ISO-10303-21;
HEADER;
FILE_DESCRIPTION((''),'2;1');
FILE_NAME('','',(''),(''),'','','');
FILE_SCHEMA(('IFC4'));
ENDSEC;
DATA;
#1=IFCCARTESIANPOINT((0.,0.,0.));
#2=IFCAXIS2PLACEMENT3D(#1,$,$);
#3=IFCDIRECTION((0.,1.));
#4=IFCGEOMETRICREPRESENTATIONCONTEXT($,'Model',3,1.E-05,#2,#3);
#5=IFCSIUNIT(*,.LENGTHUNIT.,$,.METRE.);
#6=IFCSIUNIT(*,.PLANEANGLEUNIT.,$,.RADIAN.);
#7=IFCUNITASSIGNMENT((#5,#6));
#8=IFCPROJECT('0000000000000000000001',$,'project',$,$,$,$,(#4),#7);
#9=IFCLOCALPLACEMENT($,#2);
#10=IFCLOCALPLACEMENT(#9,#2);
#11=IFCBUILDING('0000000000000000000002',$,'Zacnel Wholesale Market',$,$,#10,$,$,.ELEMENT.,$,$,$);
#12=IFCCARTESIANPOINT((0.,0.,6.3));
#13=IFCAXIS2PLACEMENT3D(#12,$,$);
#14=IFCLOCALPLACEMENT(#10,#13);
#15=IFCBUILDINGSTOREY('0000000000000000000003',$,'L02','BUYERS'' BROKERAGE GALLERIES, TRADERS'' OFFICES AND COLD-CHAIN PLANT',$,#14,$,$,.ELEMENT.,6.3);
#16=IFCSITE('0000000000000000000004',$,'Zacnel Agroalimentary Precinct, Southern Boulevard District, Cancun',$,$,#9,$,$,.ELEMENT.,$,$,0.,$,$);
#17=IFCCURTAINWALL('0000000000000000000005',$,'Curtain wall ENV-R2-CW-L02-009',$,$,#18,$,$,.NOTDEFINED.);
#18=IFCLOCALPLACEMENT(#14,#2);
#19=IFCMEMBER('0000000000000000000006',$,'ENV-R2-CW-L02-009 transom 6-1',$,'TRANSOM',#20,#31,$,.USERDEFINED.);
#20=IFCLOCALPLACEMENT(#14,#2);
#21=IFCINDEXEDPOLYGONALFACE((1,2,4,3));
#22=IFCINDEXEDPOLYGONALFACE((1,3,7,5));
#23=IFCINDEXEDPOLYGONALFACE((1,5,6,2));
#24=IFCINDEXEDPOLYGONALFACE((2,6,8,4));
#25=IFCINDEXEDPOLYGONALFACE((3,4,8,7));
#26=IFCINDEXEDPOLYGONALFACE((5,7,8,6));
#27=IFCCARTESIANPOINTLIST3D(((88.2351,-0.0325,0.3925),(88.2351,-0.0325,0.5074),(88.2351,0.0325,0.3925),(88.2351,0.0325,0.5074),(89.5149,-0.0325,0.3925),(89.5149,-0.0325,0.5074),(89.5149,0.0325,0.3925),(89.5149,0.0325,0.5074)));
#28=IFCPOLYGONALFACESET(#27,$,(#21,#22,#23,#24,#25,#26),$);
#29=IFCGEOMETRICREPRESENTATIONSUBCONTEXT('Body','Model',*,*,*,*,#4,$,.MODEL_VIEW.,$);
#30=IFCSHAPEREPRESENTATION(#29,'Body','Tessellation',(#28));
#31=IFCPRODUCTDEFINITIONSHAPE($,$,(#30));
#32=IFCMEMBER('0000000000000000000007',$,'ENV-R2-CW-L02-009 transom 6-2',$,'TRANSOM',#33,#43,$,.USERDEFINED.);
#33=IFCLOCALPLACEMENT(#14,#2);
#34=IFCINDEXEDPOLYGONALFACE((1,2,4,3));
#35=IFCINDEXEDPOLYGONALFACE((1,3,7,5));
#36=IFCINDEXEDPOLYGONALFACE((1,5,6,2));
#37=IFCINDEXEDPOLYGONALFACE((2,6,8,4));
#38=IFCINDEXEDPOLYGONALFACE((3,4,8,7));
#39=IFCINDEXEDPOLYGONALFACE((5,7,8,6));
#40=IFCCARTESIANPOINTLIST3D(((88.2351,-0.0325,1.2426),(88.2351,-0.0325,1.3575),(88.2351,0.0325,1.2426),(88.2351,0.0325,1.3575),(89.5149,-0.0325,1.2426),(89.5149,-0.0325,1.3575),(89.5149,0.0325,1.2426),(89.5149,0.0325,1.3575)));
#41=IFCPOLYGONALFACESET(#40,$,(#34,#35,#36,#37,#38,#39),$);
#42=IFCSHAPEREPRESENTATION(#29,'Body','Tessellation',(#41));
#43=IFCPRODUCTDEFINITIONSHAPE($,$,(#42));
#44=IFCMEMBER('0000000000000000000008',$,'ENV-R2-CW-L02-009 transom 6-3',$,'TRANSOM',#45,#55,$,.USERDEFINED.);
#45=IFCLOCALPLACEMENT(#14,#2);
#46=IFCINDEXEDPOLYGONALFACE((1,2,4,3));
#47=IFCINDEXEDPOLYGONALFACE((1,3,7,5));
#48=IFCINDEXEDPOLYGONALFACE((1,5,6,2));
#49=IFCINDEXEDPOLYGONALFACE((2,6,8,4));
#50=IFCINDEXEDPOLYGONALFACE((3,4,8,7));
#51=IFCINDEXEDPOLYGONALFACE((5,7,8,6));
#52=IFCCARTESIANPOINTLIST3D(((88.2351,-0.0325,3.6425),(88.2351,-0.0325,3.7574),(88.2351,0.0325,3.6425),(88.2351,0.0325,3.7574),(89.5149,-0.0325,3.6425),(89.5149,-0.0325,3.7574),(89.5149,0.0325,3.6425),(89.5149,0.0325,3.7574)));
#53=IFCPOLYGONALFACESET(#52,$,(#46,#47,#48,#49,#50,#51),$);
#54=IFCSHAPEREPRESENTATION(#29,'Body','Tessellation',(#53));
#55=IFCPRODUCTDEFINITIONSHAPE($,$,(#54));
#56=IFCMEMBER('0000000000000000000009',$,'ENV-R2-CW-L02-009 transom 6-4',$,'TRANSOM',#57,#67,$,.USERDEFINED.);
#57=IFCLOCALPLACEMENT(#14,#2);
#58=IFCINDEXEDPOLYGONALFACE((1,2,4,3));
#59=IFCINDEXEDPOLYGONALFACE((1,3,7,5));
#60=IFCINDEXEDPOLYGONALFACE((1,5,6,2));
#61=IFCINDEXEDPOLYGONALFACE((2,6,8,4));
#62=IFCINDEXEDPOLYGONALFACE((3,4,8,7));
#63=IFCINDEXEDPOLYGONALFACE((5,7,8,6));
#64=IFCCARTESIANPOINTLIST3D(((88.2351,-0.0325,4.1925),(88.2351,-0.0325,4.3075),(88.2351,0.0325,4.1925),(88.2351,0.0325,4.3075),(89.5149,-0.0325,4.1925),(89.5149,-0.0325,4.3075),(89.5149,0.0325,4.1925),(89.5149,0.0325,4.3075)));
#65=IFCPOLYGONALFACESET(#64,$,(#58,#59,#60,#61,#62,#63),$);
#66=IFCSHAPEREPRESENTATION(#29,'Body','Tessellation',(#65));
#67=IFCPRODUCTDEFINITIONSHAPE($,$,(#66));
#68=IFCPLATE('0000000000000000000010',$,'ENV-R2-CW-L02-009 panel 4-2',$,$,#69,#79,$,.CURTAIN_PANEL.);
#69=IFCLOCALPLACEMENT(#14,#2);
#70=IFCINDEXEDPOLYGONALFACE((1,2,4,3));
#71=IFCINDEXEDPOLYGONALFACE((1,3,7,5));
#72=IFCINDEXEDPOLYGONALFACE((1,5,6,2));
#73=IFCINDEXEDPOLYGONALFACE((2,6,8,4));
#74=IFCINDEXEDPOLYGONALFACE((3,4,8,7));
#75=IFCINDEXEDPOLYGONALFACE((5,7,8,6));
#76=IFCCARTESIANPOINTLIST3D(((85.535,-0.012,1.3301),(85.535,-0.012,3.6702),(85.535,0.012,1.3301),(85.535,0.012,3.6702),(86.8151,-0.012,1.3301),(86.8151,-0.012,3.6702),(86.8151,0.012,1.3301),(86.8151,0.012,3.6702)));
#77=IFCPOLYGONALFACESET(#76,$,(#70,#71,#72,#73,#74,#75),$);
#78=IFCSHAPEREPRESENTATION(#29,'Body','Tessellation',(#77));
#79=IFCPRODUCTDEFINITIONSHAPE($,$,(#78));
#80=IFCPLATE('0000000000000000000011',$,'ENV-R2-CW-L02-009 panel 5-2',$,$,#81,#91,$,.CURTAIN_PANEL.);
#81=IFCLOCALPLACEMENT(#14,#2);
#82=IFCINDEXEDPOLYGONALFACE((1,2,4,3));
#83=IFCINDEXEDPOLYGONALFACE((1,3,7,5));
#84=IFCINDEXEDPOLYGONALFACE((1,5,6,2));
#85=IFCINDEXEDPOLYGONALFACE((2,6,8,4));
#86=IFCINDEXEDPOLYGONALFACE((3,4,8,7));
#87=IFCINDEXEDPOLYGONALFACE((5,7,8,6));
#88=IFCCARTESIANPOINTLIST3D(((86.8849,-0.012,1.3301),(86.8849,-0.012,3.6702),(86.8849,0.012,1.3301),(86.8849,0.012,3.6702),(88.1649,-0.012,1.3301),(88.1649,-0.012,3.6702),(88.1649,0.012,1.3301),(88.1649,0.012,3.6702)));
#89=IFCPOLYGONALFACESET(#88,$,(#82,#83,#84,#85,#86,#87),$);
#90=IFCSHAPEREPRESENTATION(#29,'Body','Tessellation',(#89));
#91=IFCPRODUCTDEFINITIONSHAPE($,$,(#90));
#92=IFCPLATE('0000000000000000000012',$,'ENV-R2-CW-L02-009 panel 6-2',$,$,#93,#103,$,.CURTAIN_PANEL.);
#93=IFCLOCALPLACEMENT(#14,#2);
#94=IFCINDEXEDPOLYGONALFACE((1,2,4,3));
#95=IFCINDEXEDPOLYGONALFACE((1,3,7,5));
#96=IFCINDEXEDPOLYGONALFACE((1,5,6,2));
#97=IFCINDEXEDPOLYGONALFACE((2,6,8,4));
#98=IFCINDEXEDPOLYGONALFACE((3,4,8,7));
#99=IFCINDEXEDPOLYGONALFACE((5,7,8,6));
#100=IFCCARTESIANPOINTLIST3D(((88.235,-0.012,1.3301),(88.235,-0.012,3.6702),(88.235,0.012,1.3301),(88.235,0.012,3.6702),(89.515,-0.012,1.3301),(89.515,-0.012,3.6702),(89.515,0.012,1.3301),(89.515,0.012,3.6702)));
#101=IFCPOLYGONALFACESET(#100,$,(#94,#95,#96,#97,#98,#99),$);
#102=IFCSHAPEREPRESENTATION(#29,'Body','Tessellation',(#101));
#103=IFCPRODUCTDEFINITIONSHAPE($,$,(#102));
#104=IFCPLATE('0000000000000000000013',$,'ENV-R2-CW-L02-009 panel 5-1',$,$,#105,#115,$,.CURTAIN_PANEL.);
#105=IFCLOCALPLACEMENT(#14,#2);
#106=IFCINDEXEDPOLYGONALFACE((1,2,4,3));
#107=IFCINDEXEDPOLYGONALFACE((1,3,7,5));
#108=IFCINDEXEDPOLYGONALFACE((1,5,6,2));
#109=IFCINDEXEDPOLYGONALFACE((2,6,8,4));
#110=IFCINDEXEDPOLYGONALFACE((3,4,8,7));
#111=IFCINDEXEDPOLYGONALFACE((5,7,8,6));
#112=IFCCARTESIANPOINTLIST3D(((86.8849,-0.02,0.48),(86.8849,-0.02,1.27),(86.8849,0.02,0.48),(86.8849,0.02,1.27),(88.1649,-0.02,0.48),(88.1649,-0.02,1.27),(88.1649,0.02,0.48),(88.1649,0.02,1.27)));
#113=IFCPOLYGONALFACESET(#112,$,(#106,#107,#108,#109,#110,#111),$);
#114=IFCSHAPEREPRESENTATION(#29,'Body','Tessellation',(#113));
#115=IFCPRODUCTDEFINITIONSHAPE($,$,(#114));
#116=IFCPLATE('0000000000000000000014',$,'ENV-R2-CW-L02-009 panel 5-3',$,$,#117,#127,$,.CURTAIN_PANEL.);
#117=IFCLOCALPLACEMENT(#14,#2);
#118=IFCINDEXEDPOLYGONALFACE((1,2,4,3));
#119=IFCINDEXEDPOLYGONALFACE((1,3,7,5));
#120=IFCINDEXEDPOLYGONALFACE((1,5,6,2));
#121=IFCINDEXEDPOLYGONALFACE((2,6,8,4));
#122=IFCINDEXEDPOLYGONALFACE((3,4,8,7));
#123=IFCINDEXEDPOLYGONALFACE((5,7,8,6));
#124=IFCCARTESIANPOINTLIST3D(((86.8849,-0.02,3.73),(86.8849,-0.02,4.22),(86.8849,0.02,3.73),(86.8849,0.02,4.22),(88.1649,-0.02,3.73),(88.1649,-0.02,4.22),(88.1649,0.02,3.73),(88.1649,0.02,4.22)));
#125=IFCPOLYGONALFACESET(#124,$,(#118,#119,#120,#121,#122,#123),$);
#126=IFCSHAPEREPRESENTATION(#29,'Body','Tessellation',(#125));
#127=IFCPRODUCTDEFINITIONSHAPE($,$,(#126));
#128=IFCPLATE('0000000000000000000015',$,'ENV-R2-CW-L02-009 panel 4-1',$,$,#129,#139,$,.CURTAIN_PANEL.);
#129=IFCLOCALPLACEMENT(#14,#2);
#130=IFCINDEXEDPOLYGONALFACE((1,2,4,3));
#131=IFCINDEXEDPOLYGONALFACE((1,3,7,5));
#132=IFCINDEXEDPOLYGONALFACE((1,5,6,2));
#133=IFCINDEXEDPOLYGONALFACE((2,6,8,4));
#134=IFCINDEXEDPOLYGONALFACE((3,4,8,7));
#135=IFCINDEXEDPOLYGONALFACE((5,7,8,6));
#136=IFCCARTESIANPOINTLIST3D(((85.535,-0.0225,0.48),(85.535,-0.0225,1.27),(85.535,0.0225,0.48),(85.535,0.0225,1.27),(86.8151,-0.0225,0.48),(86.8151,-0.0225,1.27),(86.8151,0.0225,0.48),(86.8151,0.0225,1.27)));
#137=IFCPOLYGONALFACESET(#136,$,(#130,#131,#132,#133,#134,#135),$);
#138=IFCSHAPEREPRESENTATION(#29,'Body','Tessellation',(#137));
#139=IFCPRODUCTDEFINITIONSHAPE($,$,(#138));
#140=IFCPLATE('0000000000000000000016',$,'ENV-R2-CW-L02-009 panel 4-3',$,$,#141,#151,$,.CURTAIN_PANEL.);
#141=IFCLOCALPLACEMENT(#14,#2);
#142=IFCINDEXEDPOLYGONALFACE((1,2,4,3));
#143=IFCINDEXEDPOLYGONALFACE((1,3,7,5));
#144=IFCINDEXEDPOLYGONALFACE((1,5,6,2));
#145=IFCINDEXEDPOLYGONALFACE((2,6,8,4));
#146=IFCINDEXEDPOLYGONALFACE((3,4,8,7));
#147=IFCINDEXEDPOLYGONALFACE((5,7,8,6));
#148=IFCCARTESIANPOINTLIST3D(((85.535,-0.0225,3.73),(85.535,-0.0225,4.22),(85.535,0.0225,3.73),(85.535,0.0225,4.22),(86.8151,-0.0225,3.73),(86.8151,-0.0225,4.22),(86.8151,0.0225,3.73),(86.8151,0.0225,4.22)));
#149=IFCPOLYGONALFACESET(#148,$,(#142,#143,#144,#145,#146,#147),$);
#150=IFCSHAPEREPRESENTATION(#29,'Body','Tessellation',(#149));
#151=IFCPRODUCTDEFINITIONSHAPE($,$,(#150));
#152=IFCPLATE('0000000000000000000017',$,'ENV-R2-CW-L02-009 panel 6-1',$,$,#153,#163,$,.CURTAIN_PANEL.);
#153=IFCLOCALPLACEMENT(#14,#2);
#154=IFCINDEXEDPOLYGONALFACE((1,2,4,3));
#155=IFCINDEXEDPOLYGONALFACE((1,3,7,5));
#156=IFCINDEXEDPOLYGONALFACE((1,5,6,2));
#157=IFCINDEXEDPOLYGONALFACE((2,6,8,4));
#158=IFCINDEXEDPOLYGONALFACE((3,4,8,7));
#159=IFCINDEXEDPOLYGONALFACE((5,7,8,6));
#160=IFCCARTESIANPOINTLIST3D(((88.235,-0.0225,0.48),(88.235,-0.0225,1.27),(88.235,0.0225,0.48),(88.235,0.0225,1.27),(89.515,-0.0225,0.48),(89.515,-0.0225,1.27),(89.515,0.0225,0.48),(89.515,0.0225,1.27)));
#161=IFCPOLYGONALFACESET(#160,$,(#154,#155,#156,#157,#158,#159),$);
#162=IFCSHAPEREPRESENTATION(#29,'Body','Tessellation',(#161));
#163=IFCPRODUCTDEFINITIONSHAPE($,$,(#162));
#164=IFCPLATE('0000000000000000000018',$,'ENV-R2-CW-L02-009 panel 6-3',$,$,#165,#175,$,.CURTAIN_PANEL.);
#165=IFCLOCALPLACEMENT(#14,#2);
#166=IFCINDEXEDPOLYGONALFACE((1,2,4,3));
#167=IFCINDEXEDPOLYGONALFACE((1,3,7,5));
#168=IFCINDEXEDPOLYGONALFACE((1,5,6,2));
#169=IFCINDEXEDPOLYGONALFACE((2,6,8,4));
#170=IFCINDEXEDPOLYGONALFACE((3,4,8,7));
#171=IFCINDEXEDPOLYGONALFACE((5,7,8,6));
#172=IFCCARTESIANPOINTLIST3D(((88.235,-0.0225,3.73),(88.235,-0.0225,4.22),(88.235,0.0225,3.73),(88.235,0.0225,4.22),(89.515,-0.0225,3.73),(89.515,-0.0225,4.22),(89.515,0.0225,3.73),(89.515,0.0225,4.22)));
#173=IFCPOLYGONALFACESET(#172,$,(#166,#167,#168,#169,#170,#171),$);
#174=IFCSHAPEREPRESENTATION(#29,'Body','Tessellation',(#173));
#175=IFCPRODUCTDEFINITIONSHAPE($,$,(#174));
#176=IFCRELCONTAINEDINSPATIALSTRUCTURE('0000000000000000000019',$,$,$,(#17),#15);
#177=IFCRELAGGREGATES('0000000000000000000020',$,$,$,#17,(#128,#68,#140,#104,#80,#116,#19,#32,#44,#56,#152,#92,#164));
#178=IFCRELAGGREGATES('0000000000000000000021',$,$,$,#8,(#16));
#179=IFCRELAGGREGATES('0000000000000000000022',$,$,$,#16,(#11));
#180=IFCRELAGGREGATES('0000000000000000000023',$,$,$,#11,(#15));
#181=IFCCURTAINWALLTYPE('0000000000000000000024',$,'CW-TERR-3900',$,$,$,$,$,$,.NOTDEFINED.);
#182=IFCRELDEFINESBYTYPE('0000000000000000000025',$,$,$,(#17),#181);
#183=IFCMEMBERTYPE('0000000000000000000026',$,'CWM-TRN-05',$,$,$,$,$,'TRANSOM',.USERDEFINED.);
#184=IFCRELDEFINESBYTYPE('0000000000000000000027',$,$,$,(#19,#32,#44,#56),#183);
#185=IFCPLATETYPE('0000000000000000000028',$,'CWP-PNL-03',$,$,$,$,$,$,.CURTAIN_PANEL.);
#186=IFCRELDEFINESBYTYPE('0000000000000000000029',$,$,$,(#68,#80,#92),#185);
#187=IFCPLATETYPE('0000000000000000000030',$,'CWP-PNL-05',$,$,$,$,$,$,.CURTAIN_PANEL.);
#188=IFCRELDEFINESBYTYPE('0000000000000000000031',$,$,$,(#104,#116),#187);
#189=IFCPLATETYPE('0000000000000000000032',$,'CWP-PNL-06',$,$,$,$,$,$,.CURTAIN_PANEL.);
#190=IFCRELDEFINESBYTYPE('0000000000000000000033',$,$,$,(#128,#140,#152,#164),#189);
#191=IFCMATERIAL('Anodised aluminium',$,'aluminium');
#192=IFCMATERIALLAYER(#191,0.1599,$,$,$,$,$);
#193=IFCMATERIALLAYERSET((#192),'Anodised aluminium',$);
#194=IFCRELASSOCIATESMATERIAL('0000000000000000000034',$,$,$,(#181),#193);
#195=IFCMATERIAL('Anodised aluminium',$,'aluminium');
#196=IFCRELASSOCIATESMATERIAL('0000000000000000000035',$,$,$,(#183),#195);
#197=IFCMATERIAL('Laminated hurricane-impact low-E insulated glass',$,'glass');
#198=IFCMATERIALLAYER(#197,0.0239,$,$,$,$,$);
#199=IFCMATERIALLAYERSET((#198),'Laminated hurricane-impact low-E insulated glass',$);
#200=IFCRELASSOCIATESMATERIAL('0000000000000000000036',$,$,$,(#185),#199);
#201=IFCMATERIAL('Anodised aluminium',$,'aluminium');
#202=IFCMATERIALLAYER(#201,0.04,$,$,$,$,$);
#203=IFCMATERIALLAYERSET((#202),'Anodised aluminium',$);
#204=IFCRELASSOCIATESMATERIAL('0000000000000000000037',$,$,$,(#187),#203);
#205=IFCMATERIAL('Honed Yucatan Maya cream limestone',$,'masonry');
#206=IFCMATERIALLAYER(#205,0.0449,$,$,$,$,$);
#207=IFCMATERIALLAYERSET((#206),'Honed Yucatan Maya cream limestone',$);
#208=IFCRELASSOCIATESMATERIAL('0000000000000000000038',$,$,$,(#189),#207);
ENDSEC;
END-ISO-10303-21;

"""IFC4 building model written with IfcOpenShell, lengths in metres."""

from ifc_helpers import new_model, si_unit, direction, frame, origin, origin_2d, place, context, subcontext, project, spatial, rectangle, extrude, material, layer, layer_set, material_profile, profile_set, type_object, element, aggregate, save


model = new_model("IFC4")

# Units and contexts
model_context = context("Model", 3, precision=1e-05, world=origin(), true_north=direction((0.0, 1.0)))
body_context = subcontext(model_context, "Body", "Model", "MODEL_VIEW")
ifc_project = project(units=[si_unit("LENGTHUNIT", "METRE"), si_unit("PLANEANGLEUNIT", "RADIAN")], contexts=[model_context])

# Site, building, storey
site_placement = place(None, origin())
site = spatial("IfcSite", under=ifc_project, at=site_placement, Name="Zacnel Agroalimentary Precinct, Southern Boulevard District, Cancun", CompositionType="ELEMENT", RefElevation=0.0)
building_placement = place(site_placement, origin())
building = spatial("IfcBuilding", under=site, at=building_placement, Name="Zacnel Wholesale Market", CompositionType="ELEMENT")
storey_placement = place(building_placement, frame((0.0, 0.0, 6.3)))
storey = spatial("IfcBuildingStorey", under=building, at=storey_placement, Name="L02", Description="BUYERS' BROKERAGE GALLERIES, TRADERS' OFFICES AND COLD-CHAIN PLANT", CompositionType="ELEMENT", Elevation=6.3)

# Curtain wall, members, plates
ifc_material_1 = material(Name="Anodised aluminium", Category="aluminium")
ifc_layer_1 = layer(ifc_material_1, 0.1599)
ifc_layer_set_1 = layer_set([ifc_layer_1], Name="Anodised aluminium")
curtain_wall_type = type_object("IfcCurtainWallType", Name="CW-TERR-3900", PredefinedType="NOTDEFINED", material=ifc_layer_set_1)
curtain_wall_placement = place(storey_placement, origin())
curtain_wall = element("IfcCurtainWall", 1, at=curtain_wall_placement, inside=storey, type_object=curtain_wall_type, Name="Curtain wall ENV-R2-CW-L02-009", PredefinedType="NOTDEFINED")
ifc_material_2 = material(Name="Anodised aluminium", Category="aluminium")
ifc_material_profile_1 = material_profile(ifc_material_2, rectangle(XDim=0.0649, YDim=0.115, at=origin_2d()), Name="AW-TRANSOM 65x115")
ifc_profile_set_1 = profile_set([ifc_material_profile_1], Name="Anodised aluminium")
member_type_1 = type_object("IfcMemberType", Name="CWM-TRN-05", ElementType="TRANSOM", PredefinedType="USERDEFINED", material=ifc_profile_set_1)
member_1_placement = place(storey_placement, frame((88.2351, 0.0, 0.45), z_axis=(1.0, 0.0, 0.0), x_axis=(0.0, 1.0, 0.0)))
member_1 = element("IfcMember", 2, at=member_1_placement, type_object=member_type_1, Name="ENV-R2-CW-L02-009 transom 6-1", ObjectType="TRANSOM", PredefinedType="USERDEFINED", context=body_context, shape_type="SweptSolid", body=[
    extrude(rectangle(XDim=0.0649, YDim=0.115, at=origin_2d()), origin(), (0.0, 0.0, 1.0), 1.2798),
])
member_2_placement = place(storey_placement, frame((88.2351, 0.0, 1.3), z_axis=(1.0, 0.0, 0.0), x_axis=(0.0, 1.0, 0.0)))
member_2 = element("IfcMember", 3, at=member_2_placement, type_object=member_type_1, Name="ENV-R2-CW-L02-009 transom 6-2", ObjectType="TRANSOM", PredefinedType="USERDEFINED", context=body_context, shape_type="SweptSolid", body=[
    extrude(rectangle(XDim=0.0649, YDim=0.115, at=origin_2d()), origin(), (0.0, 0.0, 1.0), 1.2798),
])
member_3_placement = place(storey_placement, frame((88.2351, 0.0, 3.7), z_axis=(1.0, 0.0, 0.0), x_axis=(0.0, 1.0, 0.0)))
member_3 = element("IfcMember", 4, at=member_3_placement, type_object=member_type_1, Name="ENV-R2-CW-L02-009 transom 6-3", ObjectType="TRANSOM", PredefinedType="USERDEFINED", context=body_context, shape_type="SweptSolid", body=[
    extrude(rectangle(XDim=0.0649, YDim=0.115, at=origin_2d()), origin(), (0.0, 0.0, 1.0), 1.2798),
])
member_4_placement = place(storey_placement, frame((88.2351, 0.0, 4.25), z_axis=(1.0, 0.0, 0.0), x_axis=(0.0, 1.0, 0.0)))
member_4 = element("IfcMember", 5, at=member_4_placement, type_object=member_type_1, Name="ENV-R2-CW-L02-009 transom 6-4", ObjectType="TRANSOM", PredefinedType="USERDEFINED", context=body_context, shape_type="SweptSolid", body=[
    extrude(rectangle(XDim=0.0649, YDim=0.115, at=origin_2d()), origin(), (0.0, 0.0, 1.0), 1.2798),
])
ifc_material_3 = material(Name="Laminated hurricane-impact low-E insulated glass", Category="glass")
ifc_layer_2 = layer(ifc_material_3, 0.0239)
ifc_layer_set_2 = layer_set([ifc_layer_2], Name="Laminated hurricane-impact low-E insulated glass")
plate_type_1 = type_object("IfcPlateType", Name="CWP-PNL-03", PredefinedType="CURTAIN_PANEL", material=ifc_layer_set_2)
plate_1_placement = place(storey_placement, frame((86.175, 0.0, 1.3301), z_axis=(0.0, 0.0, 1.0), x_axis=(1.0, 0.0, 0.0)))
plate_1 = element("IfcPlate", 6, at=plate_1_placement, type_object=plate_type_1, Name="ENV-R2-CW-L02-009 panel 4-2", PredefinedType="CURTAIN_PANEL", context=body_context, shape_type="SweptSolid", body=[
    extrude(rectangle(XDim=1.28, YDim=0.0239, at=origin_2d()), origin(), (0.0, 0.0, 1.0), 2.3401),
])
plate_2_placement = place(storey_placement, frame((87.5249, 0.0, 1.3301), z_axis=(0.0, 0.0, 1.0), x_axis=(1.0, 0.0, 0.0)))
plate_2 = element("IfcPlate", 7, at=plate_2_placement, type_object=plate_type_1, Name="ENV-R2-CW-L02-009 panel 5-2", PredefinedType="CURTAIN_PANEL", context=body_context, shape_type="SweptSolid", body=[
    extrude(rectangle(XDim=1.28, YDim=0.0239, at=origin_2d()), origin(), (0.0, 0.0, 1.0), 2.3401),
])
plate_3_placement = place(storey_placement, frame((88.875, 0.0, 1.3301), z_axis=(0.0, 0.0, 1.0), x_axis=(1.0, 0.0, 0.0)))
plate_3 = element("IfcPlate", 8, at=plate_3_placement, type_object=plate_type_1, Name="ENV-R2-CW-L02-009 panel 6-2", PredefinedType="CURTAIN_PANEL", context=body_context, shape_type="SweptSolid", body=[
    extrude(rectangle(XDim=1.28, YDim=0.0239, at=origin_2d()), origin(), (0.0, 0.0, 1.0), 2.3401),
])
ifc_material_4 = material(Name="Anodised aluminium", Category="aluminium")
ifc_layer_3 = layer(ifc_material_4, 0.04)
ifc_layer_set_3 = layer_set([ifc_layer_3], Name="Anodised aluminium")
plate_type_2 = type_object("IfcPlateType", Name="CWP-PNL-05", PredefinedType="CURTAIN_PANEL", material=ifc_layer_set_3)
plate_4_placement = place(storey_placement, frame((87.5249, 0.0, 0.48), z_axis=(0.0, 0.0, 1.0), x_axis=(1.0, 0.0, 0.0)))
plate_4 = element("IfcPlate", 9, at=plate_4_placement, type_object=plate_type_2, Name="ENV-R2-CW-L02-009 panel 5-1", PredefinedType="CURTAIN_PANEL", context=body_context, shape_type="SweptSolid", body=[
    extrude(rectangle(XDim=1.28, YDim=0.04, at=origin_2d()), origin(), (0.0, 0.0, 1.0), 0.79),
])
plate_5_placement = place(storey_placement, frame((87.5249, 0.0, 3.73), z_axis=(0.0, 0.0, 1.0), x_axis=(1.0, 0.0, 0.0)))
plate_5 = element("IfcPlate", 10, at=plate_5_placement, type_object=plate_type_2, Name="ENV-R2-CW-L02-009 panel 5-3", PredefinedType="CURTAIN_PANEL", context=body_context, shape_type="SweptSolid", body=[
    extrude(rectangle(XDim=1.28, YDim=0.04, at=origin_2d()), origin(), (0.0, 0.0, 1.0), 0.49),
])
ifc_material_5 = material(Name="Honed Yucatan Maya cream limestone", Category="masonry")
ifc_layer_4 = layer(ifc_material_5, 0.0449)
ifc_layer_set_4 = layer_set([ifc_layer_4], Name="Honed Yucatan Maya cream limestone")
plate_type_3 = type_object("IfcPlateType", Name="CWP-PNL-06", PredefinedType="CURTAIN_PANEL", material=ifc_layer_set_4)
plate_6_placement = place(storey_placement, frame((86.175, 0.0, 0.48), z_axis=(0.0, 0.0, 1.0), x_axis=(1.0, 0.0, 0.0)))
plate_6 = element("IfcPlate", 11, at=plate_6_placement, type_object=plate_type_3, Name="ENV-R2-CW-L02-009 panel 4-1", PredefinedType="CURTAIN_PANEL", context=body_context, shape_type="SweptSolid", body=[
    extrude(rectangle(XDim=1.28, YDim=0.0449, at=origin_2d()), origin(), (0.0, 0.0, 1.0), 0.79),
])
plate_7_placement = place(storey_placement, frame((86.175, 0.0, 3.73), z_axis=(0.0, 0.0, 1.0), x_axis=(1.0, 0.0, 0.0)))
plate_7 = element("IfcPlate", 12, at=plate_7_placement, type_object=plate_type_3, Name="ENV-R2-CW-L02-009 panel 4-3", PredefinedType="CURTAIN_PANEL", context=body_context, shape_type="SweptSolid", body=[
    extrude(rectangle(XDim=1.28, YDim=0.0449, at=origin_2d()), origin(), (0.0, 0.0, 1.0), 0.49),
])
plate_8_placement = place(storey_placement, frame((88.875, 0.0, 0.48), z_axis=(0.0, 0.0, 1.0), x_axis=(1.0, 0.0, 0.0)))
plate_8 = element("IfcPlate", 13, at=plate_8_placement, type_object=plate_type_3, Name="ENV-R2-CW-L02-009 panel 6-1", PredefinedType="CURTAIN_PANEL", context=body_context, shape_type="SweptSolid", body=[
    extrude(rectangle(XDim=1.28, YDim=0.0449, at=origin_2d()), origin(), (0.0, 0.0, 1.0), 0.79),
])
plate_9_placement = place(storey_placement, frame((88.875, 0.0, 3.73), z_axis=(0.0, 0.0, 1.0), x_axis=(1.0, 0.0, 0.0)))
plate_9 = element("IfcPlate", 14, at=plate_9_placement, type_object=plate_type_3, Name="ENV-R2-CW-L02-009 panel 6-3", PredefinedType="CURTAIN_PANEL", context=body_context, shape_type="SweptSolid", body=[
    extrude(rectangle(XDim=1.28, YDim=0.0449, at=origin_2d()), origin(), (0.0, 0.0, 1.0), 0.49),
])
aggregate(curtain_wall, [plate_6, plate_1, plate_7, plate_4, plate_2, plate_5, member_1, member_2, member_3, member_4, plate_8, plate_3, plate_9])

save(model, "model.ifc")
